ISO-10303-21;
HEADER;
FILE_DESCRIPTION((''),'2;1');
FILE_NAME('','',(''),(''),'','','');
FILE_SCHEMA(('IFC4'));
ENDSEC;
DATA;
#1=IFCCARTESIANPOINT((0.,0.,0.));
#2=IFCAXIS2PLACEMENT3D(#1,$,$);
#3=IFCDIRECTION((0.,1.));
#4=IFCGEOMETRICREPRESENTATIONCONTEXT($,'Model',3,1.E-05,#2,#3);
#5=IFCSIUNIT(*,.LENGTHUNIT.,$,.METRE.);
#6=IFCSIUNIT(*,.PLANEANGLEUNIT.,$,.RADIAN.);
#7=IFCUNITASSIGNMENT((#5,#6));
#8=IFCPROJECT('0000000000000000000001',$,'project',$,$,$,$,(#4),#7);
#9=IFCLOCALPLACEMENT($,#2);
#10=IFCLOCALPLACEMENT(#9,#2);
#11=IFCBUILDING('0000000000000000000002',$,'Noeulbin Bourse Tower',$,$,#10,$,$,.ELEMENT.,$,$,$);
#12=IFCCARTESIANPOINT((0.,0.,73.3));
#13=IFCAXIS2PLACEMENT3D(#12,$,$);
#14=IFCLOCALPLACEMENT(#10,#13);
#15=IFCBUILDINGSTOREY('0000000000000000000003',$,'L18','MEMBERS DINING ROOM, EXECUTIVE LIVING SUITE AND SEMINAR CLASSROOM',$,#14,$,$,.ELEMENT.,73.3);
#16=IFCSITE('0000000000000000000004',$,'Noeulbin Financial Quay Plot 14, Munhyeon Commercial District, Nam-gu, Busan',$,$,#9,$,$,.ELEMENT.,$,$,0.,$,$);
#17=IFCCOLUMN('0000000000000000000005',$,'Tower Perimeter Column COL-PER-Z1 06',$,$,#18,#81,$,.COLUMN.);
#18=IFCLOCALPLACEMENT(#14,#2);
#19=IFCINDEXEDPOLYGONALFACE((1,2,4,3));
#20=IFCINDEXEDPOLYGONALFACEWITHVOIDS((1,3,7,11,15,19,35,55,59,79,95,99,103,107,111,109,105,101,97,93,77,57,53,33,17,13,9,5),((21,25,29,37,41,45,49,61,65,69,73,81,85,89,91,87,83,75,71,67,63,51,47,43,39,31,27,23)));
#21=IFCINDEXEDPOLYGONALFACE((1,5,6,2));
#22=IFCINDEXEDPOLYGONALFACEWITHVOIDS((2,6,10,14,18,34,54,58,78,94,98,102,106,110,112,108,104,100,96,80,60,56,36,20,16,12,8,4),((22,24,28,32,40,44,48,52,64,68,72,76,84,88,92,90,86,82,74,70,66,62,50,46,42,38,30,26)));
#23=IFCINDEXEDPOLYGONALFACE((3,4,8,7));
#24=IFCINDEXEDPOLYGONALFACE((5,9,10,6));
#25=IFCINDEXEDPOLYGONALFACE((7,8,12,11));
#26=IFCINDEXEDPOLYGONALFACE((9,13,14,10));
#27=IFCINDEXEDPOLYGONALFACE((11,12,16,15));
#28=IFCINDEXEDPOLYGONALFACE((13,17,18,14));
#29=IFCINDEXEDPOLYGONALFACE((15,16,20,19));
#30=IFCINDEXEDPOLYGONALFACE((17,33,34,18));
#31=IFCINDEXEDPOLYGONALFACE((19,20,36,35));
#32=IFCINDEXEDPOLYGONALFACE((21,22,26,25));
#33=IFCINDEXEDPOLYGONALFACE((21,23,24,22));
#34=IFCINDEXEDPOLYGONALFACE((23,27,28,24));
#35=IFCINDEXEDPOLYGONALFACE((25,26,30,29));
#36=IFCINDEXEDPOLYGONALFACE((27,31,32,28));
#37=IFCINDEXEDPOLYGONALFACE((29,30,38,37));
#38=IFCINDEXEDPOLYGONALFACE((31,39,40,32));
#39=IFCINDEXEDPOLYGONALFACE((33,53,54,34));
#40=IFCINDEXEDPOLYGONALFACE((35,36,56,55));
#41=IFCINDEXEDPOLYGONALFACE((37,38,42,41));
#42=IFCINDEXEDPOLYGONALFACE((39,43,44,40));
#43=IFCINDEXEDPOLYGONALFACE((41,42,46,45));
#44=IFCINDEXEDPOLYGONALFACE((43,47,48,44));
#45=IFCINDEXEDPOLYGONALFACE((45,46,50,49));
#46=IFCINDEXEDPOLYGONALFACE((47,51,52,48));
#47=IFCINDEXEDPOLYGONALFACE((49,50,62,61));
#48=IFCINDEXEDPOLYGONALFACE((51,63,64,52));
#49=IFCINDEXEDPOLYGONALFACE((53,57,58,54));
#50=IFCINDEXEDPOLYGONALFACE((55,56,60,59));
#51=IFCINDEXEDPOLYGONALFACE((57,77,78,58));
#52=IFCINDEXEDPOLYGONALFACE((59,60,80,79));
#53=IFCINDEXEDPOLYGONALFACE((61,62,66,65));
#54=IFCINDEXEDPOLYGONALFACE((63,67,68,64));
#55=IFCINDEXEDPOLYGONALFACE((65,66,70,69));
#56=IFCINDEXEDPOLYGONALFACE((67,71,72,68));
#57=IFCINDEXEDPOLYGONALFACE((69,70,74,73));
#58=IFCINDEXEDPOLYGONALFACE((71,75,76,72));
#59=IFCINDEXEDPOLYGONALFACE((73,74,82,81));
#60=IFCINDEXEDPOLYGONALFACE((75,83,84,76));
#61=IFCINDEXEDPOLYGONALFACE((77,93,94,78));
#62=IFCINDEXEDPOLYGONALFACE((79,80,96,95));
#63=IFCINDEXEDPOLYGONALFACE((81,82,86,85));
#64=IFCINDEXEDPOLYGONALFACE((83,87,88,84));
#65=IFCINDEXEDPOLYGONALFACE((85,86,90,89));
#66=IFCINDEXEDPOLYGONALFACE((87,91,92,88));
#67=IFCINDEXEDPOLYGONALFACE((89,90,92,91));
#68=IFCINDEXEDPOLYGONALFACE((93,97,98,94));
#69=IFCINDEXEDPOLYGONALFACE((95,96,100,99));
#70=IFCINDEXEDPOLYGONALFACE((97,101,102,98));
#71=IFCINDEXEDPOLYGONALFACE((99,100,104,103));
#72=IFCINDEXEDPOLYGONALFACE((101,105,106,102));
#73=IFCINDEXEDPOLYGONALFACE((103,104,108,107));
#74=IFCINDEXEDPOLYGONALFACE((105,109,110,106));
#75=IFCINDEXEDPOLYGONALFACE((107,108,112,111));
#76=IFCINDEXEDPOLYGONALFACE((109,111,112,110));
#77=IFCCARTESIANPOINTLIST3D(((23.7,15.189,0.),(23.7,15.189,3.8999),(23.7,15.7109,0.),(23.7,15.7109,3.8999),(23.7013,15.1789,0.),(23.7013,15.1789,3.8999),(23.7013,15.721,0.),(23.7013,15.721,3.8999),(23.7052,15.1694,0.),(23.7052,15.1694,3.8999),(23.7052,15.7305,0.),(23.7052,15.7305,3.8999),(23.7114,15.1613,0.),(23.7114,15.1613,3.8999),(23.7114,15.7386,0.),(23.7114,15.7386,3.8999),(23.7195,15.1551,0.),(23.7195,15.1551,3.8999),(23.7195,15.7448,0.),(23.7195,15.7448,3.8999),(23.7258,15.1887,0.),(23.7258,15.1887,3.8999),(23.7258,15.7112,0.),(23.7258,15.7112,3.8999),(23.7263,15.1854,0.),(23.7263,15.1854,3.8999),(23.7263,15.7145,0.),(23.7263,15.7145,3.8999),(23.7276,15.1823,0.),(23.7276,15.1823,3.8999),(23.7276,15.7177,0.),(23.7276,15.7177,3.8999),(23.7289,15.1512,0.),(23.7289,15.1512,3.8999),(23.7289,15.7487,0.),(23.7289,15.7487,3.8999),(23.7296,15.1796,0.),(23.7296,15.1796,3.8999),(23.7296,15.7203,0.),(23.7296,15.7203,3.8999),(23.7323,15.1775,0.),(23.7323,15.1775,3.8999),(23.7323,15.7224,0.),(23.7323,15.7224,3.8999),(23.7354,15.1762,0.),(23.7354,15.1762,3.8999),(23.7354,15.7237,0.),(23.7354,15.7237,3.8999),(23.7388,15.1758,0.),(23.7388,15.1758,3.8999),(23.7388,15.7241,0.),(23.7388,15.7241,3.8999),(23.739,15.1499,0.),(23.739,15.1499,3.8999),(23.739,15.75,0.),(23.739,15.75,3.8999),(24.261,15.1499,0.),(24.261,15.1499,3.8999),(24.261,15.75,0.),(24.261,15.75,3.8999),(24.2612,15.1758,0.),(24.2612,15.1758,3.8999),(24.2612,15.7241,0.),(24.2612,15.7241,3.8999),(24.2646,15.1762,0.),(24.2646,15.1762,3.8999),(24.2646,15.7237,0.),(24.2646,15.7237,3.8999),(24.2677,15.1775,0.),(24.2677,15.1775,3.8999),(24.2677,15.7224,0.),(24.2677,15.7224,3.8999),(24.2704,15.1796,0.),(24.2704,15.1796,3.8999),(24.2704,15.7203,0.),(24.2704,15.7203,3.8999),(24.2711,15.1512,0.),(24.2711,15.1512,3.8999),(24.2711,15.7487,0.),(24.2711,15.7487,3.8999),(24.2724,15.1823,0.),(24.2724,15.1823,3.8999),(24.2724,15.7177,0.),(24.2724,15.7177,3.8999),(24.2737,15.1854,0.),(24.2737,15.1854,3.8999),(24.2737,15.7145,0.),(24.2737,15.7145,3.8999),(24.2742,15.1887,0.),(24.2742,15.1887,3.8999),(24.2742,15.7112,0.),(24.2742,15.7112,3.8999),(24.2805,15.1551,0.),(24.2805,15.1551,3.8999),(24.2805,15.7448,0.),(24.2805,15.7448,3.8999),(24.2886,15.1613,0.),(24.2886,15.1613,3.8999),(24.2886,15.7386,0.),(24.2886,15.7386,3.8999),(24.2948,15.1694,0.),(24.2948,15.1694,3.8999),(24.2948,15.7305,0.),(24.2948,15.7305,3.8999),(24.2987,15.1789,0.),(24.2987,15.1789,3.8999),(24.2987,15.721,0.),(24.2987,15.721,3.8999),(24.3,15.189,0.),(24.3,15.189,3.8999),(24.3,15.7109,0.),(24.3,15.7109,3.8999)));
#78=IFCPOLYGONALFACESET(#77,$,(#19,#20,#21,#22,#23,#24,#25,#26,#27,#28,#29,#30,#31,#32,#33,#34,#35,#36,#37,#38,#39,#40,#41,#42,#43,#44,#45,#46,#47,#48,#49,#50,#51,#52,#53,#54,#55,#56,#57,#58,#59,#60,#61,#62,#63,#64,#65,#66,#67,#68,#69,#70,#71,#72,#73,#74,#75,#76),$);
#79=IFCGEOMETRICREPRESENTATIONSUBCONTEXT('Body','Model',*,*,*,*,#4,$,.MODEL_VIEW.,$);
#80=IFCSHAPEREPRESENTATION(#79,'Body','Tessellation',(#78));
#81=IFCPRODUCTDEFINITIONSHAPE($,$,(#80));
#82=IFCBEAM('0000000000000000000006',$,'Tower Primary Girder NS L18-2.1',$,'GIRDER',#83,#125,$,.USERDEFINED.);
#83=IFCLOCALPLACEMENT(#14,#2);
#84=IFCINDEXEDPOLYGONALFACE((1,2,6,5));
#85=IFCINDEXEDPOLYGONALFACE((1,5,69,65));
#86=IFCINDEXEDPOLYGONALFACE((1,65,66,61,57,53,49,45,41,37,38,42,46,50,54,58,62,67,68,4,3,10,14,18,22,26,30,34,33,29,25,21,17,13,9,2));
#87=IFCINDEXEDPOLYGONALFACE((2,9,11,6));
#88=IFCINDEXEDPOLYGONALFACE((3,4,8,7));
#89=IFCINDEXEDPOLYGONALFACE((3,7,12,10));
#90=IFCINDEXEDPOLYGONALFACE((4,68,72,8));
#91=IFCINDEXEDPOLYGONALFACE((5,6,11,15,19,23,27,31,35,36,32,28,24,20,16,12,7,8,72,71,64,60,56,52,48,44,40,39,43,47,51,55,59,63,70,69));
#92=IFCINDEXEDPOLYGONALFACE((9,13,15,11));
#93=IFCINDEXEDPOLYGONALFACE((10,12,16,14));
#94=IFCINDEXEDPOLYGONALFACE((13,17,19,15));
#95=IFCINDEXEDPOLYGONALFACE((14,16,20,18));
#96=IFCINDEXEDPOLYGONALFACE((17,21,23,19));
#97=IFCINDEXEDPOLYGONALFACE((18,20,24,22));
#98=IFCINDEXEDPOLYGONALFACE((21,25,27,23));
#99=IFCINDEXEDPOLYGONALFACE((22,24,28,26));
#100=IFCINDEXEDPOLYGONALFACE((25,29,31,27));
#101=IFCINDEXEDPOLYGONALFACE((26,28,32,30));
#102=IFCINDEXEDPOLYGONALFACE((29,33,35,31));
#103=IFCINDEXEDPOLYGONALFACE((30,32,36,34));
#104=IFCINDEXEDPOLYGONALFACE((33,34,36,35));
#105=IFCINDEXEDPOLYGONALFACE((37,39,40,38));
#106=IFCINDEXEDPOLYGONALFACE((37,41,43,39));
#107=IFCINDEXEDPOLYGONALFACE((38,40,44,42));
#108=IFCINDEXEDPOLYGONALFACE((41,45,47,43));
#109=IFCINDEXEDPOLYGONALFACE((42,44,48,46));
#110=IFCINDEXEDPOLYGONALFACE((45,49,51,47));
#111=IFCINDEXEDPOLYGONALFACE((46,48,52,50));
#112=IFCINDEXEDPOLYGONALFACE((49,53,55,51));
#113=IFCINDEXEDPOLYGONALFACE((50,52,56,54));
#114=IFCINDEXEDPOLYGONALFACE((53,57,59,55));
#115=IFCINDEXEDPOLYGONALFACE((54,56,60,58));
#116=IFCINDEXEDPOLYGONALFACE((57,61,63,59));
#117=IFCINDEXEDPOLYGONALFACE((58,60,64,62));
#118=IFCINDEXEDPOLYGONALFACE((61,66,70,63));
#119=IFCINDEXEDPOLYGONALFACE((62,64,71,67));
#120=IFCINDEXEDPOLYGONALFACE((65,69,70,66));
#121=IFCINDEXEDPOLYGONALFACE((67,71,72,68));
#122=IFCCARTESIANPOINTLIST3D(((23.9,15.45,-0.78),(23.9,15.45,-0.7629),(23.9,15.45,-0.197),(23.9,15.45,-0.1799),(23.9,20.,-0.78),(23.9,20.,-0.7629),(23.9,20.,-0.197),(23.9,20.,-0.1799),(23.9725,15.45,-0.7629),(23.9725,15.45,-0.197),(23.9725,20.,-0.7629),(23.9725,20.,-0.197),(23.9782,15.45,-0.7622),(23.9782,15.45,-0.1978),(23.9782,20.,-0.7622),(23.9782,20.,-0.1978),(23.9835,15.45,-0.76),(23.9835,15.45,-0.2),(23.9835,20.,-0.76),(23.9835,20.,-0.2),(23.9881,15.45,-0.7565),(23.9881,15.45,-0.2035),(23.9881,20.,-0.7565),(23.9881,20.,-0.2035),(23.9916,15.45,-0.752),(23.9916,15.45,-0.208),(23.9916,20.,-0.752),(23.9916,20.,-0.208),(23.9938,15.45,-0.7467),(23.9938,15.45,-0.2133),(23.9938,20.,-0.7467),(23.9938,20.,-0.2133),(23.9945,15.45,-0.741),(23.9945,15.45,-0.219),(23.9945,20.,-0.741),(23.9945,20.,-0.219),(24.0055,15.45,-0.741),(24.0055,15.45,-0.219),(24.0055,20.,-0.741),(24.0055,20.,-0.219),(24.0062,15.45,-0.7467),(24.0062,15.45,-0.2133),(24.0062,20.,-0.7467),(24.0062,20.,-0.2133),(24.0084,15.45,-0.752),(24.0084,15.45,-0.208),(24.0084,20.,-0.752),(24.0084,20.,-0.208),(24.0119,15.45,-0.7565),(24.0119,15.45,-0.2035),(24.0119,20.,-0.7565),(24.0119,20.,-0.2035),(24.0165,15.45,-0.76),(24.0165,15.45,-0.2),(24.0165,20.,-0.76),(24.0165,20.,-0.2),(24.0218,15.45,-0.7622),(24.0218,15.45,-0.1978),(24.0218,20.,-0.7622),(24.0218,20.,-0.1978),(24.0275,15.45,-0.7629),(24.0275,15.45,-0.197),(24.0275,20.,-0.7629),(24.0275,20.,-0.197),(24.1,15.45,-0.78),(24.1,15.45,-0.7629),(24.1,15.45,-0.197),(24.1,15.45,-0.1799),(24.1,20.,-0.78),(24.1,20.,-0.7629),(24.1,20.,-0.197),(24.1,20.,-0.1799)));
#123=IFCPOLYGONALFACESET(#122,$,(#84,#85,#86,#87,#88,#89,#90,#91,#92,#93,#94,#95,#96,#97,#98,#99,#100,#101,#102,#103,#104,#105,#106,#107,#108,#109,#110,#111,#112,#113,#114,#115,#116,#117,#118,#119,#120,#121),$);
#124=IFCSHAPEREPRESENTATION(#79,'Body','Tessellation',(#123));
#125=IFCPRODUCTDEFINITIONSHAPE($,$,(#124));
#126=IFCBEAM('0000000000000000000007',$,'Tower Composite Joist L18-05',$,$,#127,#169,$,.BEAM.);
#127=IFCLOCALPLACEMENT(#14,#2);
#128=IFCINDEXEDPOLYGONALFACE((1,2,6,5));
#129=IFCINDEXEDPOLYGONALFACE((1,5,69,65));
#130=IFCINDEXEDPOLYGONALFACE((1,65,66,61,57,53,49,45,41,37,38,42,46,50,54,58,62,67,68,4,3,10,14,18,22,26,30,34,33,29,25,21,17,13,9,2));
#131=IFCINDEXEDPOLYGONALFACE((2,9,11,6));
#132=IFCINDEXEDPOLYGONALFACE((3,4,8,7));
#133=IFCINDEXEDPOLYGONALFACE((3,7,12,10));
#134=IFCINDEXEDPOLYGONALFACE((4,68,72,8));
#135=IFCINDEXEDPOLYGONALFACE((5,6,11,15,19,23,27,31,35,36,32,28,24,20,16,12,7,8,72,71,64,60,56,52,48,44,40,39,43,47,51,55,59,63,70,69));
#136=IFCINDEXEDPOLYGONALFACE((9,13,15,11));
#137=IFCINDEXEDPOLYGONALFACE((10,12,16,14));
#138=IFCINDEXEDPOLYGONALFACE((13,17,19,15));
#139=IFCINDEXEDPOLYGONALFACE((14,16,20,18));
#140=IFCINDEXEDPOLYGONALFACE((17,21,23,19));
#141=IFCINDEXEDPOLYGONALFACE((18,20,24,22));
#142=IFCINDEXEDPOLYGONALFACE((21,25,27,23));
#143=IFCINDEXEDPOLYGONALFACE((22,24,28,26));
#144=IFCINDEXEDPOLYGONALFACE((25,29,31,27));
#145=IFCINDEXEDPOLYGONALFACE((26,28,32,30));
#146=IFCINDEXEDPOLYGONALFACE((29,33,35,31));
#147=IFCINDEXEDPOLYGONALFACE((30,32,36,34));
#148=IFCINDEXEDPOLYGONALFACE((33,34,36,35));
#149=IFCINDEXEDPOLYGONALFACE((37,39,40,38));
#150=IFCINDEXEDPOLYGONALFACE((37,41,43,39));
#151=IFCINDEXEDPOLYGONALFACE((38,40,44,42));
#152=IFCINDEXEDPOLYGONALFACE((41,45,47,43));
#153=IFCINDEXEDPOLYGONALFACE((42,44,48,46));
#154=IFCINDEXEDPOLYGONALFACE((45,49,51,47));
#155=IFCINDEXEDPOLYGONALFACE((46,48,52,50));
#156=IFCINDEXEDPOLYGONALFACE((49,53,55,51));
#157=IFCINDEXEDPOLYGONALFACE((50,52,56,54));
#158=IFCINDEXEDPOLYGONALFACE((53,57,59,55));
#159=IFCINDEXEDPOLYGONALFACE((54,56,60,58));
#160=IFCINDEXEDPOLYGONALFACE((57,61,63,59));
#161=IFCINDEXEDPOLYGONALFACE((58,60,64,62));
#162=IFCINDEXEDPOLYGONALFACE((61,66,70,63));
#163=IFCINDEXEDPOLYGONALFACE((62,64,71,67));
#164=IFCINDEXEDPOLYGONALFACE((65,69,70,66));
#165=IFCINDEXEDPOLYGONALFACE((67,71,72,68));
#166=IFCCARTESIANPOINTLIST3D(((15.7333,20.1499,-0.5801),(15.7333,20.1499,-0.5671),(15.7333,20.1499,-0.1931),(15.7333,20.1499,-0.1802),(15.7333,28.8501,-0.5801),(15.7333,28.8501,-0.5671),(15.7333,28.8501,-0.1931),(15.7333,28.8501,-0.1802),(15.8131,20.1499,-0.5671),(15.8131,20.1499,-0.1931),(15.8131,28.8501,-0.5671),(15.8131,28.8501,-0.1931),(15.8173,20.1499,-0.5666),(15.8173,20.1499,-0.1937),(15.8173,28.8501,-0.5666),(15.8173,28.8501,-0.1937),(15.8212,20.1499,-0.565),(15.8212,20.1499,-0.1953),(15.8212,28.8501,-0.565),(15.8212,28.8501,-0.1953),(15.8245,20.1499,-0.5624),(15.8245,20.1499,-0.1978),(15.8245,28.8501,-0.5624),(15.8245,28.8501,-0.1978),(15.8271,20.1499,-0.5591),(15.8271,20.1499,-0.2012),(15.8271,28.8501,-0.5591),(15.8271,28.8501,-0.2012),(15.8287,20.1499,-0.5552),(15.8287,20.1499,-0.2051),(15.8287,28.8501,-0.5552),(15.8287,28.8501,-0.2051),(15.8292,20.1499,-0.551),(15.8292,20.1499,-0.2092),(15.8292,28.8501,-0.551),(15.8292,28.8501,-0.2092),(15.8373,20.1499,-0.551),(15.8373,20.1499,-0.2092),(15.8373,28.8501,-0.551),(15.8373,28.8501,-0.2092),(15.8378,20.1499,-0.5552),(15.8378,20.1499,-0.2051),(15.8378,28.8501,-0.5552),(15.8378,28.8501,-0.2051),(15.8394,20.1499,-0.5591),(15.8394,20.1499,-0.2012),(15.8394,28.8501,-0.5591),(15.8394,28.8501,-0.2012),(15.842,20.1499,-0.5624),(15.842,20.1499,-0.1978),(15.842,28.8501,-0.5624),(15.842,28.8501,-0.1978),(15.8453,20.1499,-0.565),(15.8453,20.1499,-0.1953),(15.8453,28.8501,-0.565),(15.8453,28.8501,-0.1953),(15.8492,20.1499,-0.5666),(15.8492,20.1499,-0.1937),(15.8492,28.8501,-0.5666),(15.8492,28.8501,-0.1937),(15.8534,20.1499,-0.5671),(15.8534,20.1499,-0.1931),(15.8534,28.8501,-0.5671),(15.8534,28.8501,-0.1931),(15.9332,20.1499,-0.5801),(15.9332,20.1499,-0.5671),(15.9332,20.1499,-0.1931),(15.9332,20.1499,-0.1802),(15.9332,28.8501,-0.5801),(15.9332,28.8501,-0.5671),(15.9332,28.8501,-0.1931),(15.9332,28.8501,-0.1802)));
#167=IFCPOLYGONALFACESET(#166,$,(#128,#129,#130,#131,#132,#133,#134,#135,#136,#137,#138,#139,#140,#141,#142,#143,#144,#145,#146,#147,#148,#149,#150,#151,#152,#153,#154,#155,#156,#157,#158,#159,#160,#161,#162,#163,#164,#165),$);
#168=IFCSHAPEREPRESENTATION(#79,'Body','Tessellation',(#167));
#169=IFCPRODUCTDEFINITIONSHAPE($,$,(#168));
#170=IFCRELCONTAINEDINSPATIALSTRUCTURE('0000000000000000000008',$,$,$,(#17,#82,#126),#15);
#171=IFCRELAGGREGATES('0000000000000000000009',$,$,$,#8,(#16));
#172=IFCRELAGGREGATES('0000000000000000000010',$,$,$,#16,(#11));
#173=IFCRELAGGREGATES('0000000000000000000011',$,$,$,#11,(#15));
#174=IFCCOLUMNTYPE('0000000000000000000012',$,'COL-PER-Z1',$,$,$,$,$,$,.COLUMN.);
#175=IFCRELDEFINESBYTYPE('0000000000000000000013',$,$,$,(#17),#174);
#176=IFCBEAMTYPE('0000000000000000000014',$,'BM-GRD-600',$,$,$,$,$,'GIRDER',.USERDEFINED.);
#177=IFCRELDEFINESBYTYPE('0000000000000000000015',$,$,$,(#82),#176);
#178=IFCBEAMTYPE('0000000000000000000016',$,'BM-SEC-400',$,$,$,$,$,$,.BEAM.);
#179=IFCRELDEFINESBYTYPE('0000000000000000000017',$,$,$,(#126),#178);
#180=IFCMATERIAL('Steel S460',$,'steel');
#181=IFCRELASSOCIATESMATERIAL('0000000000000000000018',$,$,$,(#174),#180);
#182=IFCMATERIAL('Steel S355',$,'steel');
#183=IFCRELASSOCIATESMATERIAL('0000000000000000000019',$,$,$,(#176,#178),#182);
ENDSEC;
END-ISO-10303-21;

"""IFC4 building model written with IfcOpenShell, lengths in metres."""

from ifc_helpers import new_model, si_unit, direction, frame, origin, origin_2d, place, context, subcontext, project, spatial, hollow_rectangle, i_section, extrude, material, material_profile, profile_set, type_object, element, save


model = new_model("IFC4")

# Units and contexts
model_context = context("Model", 3, precision=1e-05, world=origin(), true_north=direction((0.0, 1.0)))
body_context = subcontext(model_context, "Body", "Model", "MODEL_VIEW")
ifc_project = project(units=[si_unit("LENGTHUNIT", "METRE"), si_unit("PLANEANGLEUNIT", "RADIAN")], contexts=[model_context])

# Site, building, storey
site_placement = place(None, origin())
site = spatial("IfcSite", under=ifc_project, at=site_placement, Name="Noeulbin Financial Quay Plot 14, Munhyeon Commercial District, Nam-gu, Busan", CompositionType="ELEMENT", RefElevation=0.0)
building_placement = place(site_placement, origin())
building = spatial("IfcBuilding", under=site, at=building_placement, Name="Noeulbin Bourse Tower", CompositionType="ELEMENT")
storey_placement = place(building_placement, frame((0.0, 0.0, 73.3)))
storey = spatial("IfcBuildingStorey", under=building, at=storey_placement, Name="L18", Description="MEMBERS DINING ROOM, EXECUTIVE LIVING SUITE AND SEMINAR CLASSROOM", CompositionType="ELEMENT", Elevation=73.3)

# Column
ifc_material_1 = material(Name="Steel S460", Category="steel")
ifc_material_profile_1 = material_profile(ifc_material_1, hollow_rectangle(XDim=0.6001, YDim=0.6001, WallThickness=0.0259, InnerFilletRadius=0.0129, OuterFilletRadius=0.0391, at=origin_2d()), Name="BOX-600x600x26", Category="LoadBearing")
ifc_profile_set_1 = profile_set([ifc_material_profile_1], Name="Steel S460")
column_type = type_object("IfcColumnType", Name="COL-PER-Z1", PredefinedType="COLUMN", material=ifc_profile_set_1)
column_placement = place(storey_placement, frame((24.0, 15.45, 0.0), z_axis=(0.0, 0.0, 1.0), x_axis=(1.0, 0.0, 0.0)))
element("IfcColumn", 1, at=column_placement, inside=storey, type_object=column_type, Name="Tower Perimeter Column COL-PER-Z1 06", PredefinedType="COLUMN", context=body_context, shape_type="SweptSolid", body=[
    extrude(hollow_rectangle(XDim=0.6001, YDim=0.6001, WallThickness=0.0259, InnerFilletRadius=0.0129, OuterFilletRadius=0.0391, at=origin_2d()), origin(), (0.0, 0.0, 1.0), 3.8999),
])

# Beams
ifc_material_2 = material(Name="Steel S355", Category="steel")
ifc_material_profile_2 = material_profile(ifc_material_2, i_section(OverallWidth=0.2, OverallDepth=0.6001, WebThickness=0.011, FlangeThickness=0.0171, FilletRadius=0.022, at=origin_2d()), Name="H-600x200x11x17", Category="LoadBearing")
ifc_profile_set_2 = profile_set([ifc_material_profile_2], Name="Steel S355")
beam_type_1 = type_object("IfcBeamType", Name="BM-GRD-600", ElementType="GIRDER", PredefinedType="USERDEFINED", material=ifc_profile_set_2)
beam_1_placement = place(storey_placement, frame((24.0, 15.45, -0.48), z_axis=(0.0, 1.0, 0.0), x_axis=(-1.0, 0.0, 0.0)))
element("IfcBeam", 2, at=beam_1_placement, inside=storey, type_object=beam_type_1, Name="Tower Primary Girder NS L18-2.1", ObjectType="GIRDER", PredefinedType="USERDEFINED", context=body_context, shape_type="SweptSolid", body=[
    extrude(i_section(OverallWidth=0.2, OverallDepth=0.6001, WebThickness=0.011, FlangeThickness=0.0171, FilletRadius=0.022, at=origin_2d()), origin(), (0.0, 0.0, 1.0), 4.55),
])
ifc_material_profile_3 = material_profile(ifc_material_2, i_section(OverallWidth=0.2, OverallDepth=0.3999, WebThickness=0.0081, FlangeThickness=0.0129, FilletRadius=0.0161, at=origin_2d()), Name="H-400x200x8x13", Category="LoadBearing")
ifc_profile_set_3 = profile_set([ifc_material_profile_3], Name="Steel S355")
beam_type_2 = type_object("IfcBeamType", Name="BM-SEC-400", PredefinedType="BEAM", material=ifc_profile_set_3)
beam_2_placement = place(storey_placement, frame((15.8333, 20.1499, -0.3801), z_axis=(0.0, 1.0, 0.0), x_axis=(-1.0, 0.0, 0.0)))
element("IfcBeam", 3, at=beam_2_placement, inside=storey, type_object=beam_type_2, Name="Tower Composite Joist L18-05", PredefinedType="BEAM", context=body_context, shape_type="SweptSolid", body=[
    extrude(i_section(OverallWidth=0.2, OverallDepth=0.3999, WebThickness=0.0081, FlangeThickness=0.0129, FilletRadius=0.0161, at=origin_2d()), origin(), (0.0, 0.0, 1.0), 8.7002),
])

save(model, "model.ifc")
